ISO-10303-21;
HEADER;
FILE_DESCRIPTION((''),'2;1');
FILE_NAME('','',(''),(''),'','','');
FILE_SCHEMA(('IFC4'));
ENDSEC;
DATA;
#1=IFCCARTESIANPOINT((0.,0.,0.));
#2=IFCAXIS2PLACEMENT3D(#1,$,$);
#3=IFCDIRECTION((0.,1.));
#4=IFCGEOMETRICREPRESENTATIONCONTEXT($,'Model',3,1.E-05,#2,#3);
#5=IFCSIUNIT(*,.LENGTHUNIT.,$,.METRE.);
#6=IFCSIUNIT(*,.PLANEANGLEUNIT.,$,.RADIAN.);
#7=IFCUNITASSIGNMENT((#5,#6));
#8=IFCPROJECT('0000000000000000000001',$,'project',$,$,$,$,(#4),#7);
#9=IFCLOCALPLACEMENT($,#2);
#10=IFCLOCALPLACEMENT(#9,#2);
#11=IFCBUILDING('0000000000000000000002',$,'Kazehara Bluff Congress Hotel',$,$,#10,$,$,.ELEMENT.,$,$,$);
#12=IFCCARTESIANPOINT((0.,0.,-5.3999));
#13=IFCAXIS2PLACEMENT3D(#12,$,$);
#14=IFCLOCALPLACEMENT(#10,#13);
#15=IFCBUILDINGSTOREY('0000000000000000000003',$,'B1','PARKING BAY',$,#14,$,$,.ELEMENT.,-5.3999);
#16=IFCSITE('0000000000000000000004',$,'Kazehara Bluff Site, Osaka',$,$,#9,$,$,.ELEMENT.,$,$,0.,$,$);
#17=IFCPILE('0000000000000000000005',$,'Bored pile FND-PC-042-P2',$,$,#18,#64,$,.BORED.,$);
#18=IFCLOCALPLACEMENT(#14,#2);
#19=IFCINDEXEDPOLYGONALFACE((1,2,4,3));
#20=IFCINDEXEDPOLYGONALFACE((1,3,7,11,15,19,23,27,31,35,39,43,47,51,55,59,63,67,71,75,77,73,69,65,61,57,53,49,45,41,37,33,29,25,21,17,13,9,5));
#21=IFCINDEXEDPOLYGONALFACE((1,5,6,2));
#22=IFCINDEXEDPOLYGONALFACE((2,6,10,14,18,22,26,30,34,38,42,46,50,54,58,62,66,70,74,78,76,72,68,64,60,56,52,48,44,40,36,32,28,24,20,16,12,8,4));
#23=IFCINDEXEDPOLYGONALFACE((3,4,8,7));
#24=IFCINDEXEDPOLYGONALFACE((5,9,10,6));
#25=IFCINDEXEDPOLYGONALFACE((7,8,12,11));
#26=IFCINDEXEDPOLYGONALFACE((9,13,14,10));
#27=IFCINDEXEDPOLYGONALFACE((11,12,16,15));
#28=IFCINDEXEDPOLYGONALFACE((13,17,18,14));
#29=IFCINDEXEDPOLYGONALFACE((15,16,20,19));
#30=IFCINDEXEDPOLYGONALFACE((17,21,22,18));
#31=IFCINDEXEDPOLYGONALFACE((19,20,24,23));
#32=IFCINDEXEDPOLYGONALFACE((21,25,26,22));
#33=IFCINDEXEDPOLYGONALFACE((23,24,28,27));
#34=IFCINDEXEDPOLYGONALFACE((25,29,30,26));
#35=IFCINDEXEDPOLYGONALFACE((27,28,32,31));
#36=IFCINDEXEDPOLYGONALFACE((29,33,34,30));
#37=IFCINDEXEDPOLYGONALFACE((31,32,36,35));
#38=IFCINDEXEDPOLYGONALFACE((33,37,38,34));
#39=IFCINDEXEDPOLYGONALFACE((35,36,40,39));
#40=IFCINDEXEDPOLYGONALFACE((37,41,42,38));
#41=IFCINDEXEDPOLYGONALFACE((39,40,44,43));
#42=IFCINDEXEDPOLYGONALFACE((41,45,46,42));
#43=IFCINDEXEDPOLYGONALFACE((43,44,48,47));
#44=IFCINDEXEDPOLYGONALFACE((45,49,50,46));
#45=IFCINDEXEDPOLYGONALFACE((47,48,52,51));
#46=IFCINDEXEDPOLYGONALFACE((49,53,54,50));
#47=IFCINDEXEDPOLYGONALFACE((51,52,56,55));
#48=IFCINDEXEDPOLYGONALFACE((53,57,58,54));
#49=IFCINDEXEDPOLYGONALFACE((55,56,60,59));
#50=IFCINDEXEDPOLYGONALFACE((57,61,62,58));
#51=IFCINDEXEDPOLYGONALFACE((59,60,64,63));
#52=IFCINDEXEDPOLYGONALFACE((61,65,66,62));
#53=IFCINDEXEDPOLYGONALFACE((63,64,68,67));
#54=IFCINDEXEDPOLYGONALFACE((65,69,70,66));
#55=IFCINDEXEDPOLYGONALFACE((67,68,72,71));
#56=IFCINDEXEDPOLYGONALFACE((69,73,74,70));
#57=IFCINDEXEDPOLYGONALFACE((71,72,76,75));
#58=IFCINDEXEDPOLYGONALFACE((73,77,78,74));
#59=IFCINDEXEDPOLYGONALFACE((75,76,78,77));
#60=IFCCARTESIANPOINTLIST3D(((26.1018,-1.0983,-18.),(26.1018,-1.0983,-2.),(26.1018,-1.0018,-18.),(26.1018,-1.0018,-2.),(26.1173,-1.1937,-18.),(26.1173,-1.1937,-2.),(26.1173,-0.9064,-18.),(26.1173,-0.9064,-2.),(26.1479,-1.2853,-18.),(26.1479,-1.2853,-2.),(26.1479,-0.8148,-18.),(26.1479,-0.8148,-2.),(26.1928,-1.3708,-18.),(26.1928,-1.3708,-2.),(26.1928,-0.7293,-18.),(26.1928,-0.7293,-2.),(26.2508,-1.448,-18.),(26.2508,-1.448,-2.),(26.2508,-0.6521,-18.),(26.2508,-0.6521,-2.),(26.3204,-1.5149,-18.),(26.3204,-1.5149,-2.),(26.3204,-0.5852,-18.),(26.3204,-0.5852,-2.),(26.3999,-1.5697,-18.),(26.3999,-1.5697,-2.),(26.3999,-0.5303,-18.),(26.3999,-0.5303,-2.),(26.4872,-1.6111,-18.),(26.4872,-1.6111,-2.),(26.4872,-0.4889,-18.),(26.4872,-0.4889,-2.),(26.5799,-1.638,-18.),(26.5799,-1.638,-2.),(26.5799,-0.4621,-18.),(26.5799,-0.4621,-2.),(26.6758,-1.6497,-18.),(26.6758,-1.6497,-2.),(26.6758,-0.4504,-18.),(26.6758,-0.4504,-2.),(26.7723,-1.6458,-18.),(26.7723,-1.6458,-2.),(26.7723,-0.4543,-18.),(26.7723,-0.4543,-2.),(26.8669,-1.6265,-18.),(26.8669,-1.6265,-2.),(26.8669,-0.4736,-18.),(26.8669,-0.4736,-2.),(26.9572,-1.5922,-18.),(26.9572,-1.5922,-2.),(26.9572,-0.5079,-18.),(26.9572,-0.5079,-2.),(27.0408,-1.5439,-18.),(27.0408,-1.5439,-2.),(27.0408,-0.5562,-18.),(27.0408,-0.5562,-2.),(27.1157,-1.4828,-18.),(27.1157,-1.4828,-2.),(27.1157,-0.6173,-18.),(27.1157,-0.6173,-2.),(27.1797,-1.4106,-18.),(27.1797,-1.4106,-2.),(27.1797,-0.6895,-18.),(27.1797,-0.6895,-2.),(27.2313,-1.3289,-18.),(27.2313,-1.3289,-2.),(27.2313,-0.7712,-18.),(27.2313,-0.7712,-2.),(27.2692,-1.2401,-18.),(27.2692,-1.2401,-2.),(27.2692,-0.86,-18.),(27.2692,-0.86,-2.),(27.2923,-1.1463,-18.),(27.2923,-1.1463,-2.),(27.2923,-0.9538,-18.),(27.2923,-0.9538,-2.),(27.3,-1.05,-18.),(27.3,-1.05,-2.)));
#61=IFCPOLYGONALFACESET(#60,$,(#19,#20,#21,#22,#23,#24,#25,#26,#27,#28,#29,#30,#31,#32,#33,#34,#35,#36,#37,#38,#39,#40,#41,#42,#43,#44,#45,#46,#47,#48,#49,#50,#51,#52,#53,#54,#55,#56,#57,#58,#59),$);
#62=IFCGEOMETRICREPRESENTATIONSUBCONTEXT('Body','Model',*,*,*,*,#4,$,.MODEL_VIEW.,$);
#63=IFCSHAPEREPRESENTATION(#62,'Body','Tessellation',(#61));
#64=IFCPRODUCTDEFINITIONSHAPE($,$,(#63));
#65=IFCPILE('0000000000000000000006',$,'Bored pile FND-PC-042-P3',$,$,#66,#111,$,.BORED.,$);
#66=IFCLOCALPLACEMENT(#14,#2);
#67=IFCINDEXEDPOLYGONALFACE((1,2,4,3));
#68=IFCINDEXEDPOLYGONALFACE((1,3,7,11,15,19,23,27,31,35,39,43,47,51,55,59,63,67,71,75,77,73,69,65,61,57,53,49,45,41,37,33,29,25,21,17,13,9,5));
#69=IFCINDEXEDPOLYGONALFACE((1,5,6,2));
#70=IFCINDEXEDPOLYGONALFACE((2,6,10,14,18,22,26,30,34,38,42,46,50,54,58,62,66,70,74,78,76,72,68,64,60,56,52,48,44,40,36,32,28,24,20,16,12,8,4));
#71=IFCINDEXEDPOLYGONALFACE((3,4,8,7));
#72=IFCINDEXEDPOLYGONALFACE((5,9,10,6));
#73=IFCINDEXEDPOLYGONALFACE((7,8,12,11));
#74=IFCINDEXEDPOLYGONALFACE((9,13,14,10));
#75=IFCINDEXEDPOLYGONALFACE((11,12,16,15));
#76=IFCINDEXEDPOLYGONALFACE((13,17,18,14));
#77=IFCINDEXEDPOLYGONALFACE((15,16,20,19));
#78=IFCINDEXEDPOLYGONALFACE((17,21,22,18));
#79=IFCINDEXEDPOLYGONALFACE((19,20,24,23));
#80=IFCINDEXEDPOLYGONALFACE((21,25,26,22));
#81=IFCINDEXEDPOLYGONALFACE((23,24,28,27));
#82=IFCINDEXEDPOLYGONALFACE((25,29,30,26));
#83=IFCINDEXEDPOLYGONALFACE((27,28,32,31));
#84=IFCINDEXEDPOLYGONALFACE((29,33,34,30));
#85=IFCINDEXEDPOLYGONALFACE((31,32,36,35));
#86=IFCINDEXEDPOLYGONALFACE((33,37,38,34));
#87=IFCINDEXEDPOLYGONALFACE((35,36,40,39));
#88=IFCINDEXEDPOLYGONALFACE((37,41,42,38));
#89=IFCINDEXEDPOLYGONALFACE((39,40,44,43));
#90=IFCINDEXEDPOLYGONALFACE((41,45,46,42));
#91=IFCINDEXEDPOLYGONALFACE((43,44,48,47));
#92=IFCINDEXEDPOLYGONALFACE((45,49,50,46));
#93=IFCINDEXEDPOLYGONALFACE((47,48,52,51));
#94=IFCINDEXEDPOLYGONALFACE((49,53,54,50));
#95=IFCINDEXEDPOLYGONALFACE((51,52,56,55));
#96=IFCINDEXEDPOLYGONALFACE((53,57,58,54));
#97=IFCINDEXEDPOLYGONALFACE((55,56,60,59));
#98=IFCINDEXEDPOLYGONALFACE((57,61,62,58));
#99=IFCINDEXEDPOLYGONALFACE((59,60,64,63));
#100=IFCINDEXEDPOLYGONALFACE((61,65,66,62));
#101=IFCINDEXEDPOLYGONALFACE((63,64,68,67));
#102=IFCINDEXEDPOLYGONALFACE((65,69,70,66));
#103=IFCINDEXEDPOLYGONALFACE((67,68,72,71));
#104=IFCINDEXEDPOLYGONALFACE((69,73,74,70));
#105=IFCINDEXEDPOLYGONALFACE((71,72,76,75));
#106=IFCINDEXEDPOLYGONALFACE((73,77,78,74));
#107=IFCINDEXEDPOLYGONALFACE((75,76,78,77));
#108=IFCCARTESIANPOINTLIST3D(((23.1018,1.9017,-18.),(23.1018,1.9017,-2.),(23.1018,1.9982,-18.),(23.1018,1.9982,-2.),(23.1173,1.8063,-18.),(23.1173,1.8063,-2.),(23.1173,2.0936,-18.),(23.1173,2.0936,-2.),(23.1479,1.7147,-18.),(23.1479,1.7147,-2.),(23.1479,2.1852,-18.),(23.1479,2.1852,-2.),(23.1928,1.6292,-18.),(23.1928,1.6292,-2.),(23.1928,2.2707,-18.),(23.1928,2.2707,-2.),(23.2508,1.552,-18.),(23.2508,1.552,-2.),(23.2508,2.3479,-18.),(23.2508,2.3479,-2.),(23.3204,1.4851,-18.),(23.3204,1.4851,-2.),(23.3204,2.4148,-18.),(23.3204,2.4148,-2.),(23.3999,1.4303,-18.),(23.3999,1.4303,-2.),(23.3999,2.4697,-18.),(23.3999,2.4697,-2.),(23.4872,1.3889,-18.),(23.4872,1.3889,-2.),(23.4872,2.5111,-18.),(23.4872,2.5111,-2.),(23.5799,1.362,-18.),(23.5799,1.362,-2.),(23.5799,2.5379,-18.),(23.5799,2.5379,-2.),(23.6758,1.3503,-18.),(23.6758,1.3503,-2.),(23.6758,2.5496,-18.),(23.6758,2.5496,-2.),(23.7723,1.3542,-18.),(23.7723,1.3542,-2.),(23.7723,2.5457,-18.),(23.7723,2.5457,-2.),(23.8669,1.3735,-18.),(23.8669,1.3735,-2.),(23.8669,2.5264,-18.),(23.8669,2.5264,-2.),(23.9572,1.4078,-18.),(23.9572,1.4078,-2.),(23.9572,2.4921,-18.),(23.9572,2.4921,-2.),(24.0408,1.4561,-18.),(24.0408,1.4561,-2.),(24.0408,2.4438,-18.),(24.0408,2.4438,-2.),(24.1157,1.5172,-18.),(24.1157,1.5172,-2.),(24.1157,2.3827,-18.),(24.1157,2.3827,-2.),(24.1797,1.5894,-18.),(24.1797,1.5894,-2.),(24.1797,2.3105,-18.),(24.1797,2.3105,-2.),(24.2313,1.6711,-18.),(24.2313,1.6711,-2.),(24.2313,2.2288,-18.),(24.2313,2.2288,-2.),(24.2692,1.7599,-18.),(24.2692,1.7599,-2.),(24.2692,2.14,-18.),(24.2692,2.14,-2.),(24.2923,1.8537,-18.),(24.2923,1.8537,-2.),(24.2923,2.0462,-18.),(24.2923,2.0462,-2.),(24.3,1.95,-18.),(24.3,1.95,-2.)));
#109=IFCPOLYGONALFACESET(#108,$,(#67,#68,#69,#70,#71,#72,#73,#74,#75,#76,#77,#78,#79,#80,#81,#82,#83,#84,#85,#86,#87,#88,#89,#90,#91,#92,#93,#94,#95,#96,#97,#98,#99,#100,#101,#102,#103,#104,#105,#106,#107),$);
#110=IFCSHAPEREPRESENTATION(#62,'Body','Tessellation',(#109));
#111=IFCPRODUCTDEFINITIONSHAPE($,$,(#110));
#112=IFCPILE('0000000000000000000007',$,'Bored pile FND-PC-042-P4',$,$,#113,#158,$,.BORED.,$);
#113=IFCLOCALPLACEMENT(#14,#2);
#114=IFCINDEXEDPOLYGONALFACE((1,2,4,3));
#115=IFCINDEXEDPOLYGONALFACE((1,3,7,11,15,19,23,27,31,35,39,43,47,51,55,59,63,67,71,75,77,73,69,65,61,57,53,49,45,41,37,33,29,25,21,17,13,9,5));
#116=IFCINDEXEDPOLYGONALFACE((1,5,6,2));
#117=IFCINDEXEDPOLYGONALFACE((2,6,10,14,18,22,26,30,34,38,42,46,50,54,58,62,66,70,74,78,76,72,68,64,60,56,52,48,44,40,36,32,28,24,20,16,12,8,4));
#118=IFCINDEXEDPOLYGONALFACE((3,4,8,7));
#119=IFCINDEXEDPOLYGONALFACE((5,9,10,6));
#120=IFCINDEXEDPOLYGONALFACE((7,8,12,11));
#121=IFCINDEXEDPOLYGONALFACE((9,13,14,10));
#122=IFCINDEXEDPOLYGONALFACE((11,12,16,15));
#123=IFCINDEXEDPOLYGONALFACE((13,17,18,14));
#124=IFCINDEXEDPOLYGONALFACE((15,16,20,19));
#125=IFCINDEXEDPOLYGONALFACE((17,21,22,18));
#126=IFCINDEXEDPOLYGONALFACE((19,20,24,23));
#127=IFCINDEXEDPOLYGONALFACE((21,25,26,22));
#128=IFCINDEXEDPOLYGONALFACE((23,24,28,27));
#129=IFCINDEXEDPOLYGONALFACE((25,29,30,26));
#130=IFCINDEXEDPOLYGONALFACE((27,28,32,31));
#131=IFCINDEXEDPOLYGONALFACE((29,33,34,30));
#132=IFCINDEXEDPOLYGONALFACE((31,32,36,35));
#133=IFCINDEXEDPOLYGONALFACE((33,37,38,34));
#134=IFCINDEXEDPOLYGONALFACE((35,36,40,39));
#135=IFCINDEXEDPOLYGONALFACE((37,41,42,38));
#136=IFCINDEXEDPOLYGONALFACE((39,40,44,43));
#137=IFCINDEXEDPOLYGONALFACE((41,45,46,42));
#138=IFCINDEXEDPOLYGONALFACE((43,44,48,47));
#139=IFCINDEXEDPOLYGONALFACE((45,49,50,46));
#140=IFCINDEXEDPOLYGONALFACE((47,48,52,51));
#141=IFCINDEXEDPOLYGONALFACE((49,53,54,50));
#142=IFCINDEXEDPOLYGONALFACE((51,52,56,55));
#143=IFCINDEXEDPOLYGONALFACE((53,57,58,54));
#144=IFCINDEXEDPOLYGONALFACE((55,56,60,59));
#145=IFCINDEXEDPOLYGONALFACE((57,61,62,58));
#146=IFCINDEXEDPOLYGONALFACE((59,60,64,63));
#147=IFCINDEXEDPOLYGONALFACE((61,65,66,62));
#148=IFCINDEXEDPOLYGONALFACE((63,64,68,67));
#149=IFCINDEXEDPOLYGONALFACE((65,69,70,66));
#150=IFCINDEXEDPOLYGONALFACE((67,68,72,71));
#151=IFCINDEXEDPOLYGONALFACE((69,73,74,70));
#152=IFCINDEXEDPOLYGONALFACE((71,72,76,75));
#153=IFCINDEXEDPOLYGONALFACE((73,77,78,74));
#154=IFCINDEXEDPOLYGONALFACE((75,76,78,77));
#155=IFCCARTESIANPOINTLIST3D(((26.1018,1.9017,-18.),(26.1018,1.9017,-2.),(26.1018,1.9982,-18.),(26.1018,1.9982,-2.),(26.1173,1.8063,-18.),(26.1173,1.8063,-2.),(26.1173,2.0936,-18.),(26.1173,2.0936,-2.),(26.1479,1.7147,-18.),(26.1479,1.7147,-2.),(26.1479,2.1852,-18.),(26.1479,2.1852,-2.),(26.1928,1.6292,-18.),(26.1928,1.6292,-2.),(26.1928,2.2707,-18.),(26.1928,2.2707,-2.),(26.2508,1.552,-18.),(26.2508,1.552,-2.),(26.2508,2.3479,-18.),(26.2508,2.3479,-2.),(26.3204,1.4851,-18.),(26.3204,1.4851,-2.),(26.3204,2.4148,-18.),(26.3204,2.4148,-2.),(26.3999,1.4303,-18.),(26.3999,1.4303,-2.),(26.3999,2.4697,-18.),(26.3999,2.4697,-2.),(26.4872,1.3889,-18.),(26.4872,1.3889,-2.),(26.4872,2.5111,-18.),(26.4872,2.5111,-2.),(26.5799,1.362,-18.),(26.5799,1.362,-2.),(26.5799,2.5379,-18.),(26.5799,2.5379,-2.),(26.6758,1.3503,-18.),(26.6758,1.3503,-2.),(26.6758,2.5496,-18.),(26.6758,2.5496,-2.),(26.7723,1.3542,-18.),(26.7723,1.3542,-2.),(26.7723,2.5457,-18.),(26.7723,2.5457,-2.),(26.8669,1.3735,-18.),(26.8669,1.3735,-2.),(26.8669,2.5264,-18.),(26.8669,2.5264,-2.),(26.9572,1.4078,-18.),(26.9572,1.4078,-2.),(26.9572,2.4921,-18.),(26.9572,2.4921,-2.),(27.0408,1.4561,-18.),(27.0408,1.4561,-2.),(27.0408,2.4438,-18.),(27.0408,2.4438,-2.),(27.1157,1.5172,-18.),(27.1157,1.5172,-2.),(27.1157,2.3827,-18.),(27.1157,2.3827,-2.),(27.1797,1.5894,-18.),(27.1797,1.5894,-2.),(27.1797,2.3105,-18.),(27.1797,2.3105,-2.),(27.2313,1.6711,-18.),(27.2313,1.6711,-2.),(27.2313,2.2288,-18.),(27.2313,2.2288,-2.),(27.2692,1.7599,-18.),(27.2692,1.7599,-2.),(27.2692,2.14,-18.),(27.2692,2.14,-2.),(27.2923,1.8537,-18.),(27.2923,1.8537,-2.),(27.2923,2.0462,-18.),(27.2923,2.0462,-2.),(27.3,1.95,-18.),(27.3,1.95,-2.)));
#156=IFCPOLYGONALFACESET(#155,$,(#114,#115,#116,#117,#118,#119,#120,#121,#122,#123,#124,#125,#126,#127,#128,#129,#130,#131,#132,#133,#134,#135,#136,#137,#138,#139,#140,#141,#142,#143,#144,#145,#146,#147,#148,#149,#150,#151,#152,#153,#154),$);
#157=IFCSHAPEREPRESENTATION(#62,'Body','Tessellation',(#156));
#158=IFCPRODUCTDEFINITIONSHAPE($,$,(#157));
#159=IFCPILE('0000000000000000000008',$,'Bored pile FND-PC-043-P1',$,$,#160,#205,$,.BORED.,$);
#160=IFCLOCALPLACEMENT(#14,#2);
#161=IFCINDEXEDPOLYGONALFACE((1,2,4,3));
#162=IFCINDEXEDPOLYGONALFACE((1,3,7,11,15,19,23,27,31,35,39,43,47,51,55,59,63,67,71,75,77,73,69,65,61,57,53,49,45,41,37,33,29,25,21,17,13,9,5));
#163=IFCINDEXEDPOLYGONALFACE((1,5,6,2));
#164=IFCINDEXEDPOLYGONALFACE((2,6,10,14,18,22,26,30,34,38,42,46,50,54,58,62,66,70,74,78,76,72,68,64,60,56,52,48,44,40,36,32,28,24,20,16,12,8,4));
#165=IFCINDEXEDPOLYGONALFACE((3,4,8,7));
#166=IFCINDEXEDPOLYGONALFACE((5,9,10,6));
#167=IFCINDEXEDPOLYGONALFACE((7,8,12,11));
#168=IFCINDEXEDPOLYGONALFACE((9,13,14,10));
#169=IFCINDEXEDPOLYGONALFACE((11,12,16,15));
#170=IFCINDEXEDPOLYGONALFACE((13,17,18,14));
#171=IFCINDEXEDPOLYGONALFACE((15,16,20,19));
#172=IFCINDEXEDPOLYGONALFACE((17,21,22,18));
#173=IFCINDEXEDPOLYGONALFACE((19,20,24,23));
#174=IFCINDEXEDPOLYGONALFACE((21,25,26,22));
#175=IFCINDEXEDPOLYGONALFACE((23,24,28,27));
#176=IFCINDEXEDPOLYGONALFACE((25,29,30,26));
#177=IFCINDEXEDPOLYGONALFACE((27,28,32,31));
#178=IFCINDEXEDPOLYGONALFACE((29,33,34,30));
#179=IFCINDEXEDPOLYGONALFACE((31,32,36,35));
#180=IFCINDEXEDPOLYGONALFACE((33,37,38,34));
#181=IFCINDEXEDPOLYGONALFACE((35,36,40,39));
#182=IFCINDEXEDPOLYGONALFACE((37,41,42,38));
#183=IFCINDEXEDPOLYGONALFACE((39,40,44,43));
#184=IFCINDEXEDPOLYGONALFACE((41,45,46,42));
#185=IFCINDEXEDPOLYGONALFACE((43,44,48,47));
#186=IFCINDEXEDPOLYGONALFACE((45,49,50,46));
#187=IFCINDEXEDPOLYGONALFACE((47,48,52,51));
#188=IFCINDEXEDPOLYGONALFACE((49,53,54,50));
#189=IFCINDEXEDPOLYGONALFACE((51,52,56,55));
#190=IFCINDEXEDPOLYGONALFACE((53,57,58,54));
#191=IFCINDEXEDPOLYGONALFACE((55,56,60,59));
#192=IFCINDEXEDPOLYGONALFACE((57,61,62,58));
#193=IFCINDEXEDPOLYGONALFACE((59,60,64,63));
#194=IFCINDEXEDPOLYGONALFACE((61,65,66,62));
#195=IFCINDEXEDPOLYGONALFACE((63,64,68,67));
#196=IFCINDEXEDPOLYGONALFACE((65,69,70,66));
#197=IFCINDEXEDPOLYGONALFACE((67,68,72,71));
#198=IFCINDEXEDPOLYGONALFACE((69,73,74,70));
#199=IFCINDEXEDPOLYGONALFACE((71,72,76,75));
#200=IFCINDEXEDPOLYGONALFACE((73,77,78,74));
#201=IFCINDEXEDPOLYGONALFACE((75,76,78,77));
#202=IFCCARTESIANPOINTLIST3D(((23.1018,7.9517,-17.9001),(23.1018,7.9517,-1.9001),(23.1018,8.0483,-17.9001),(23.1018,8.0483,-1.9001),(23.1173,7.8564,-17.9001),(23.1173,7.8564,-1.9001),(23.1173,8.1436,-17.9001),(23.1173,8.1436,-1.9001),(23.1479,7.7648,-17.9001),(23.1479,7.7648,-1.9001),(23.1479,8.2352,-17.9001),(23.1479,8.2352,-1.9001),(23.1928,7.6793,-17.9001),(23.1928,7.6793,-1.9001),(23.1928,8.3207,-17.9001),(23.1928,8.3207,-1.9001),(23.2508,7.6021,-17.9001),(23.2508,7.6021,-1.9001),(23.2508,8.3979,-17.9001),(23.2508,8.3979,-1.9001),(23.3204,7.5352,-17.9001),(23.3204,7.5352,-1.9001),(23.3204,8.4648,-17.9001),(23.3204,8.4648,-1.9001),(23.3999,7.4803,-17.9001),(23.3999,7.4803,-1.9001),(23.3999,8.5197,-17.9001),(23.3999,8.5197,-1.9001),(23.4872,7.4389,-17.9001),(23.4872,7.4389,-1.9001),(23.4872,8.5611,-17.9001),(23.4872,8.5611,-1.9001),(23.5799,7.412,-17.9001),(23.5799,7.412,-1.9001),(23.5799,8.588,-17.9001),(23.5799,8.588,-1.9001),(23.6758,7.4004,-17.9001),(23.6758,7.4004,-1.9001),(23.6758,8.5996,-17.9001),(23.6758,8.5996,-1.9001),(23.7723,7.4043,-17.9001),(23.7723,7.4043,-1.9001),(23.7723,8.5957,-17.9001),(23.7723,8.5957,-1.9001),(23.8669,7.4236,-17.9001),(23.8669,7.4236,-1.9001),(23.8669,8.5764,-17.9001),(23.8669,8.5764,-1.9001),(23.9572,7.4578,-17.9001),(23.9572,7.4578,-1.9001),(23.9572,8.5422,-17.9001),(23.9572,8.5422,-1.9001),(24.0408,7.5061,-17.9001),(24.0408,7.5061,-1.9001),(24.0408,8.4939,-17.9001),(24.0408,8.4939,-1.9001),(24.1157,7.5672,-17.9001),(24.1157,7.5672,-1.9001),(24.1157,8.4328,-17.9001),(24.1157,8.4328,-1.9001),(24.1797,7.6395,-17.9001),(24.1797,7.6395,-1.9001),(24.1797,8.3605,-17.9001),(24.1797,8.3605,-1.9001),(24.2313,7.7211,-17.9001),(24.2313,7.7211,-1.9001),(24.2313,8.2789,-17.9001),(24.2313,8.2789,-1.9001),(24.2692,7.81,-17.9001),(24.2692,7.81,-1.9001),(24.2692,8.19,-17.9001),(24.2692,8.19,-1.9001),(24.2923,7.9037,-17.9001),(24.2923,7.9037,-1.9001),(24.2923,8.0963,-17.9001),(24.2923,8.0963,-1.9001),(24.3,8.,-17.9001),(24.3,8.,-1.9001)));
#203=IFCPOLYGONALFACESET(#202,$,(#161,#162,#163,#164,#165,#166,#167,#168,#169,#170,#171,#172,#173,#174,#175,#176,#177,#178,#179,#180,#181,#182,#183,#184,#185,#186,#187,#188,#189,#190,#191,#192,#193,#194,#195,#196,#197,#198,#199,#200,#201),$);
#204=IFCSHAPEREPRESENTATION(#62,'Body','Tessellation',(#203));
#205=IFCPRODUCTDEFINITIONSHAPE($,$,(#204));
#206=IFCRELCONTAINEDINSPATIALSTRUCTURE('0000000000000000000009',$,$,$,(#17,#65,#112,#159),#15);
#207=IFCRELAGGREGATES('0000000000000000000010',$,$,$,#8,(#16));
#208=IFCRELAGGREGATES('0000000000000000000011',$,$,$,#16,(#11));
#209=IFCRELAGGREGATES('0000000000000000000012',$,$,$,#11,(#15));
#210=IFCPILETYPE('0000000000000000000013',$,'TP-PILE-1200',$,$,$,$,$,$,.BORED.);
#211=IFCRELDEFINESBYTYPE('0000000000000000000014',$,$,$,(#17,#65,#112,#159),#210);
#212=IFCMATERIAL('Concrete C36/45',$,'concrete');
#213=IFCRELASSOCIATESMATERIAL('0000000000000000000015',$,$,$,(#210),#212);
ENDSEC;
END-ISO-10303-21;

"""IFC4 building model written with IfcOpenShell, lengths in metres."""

from ifc_helpers import new_model, si_unit, direction, frame, origin, origin_2d, place, context, subcontext, project, spatial, circle, extrude, material, material_profile, profile_set, type_object, element, save


model = new_model("IFC4")

# Units and contexts
model_context = context("Model", 3, precision=1e-05, world=origin(), true_north=direction((0.0, 1.0)))
body_context = subcontext(model_context, "Body", "Model", "MODEL_VIEW")
ifc_project = project(units=[si_unit("LENGTHUNIT", "METRE"), si_unit("PLANEANGLEUNIT", "RADIAN")], contexts=[model_context])

# Site, building, storey
site_placement = place(None, origin())
site = spatial("IfcSite", under=ifc_project, at=site_placement, Name="Kazehara Bluff Site, Osaka", CompositionType="ELEMENT", RefElevation=0.0)
building_placement = place(site_placement, origin())
building = spatial("IfcBuilding", under=site, at=building_placement, Name="Kazehara Bluff Congress Hotel", CompositionType="ELEMENT")
storey_placement = place(building_placement, frame((0.0, 0.0, -5.3999)))
storey = spatial("IfcBuildingStorey", under=building, at=storey_placement, Name="B1", Description="PARKING BAY", CompositionType="ELEMENT", Elevation=-5.3999)

# Piles
ifc_material_1 = material(Name="Concrete C36/45", Category="concrete")
ifc_material_profile_1 = material_profile(ifc_material_1, circle(Radius=0.6001, at=origin_2d()))
ifc_profile_set_1 = profile_set([ifc_material_profile_1], Name="Concrete C36/45")
pile_type = type_object("IfcPileType", Name="TP-PILE-1200", PredefinedType="BORED", material=ifc_profile_set_1)
for number, where, z_axis, x_axis, name in (
    (1, (26.7, -1.05, -2.0), (0.0, 0.0, -1.0), (1.0, 0.0, 0.0), "Bored pile FND-PC-042-P2"),
    (2, (23.7, 1.95, -2.0), (0.0, 0.0, -1.0), (1.0, 0.0, 0.0), "Bored pile FND-PC-042-P3"),
    (3, (26.7, 1.95, -2.0), (0.0, 0.0, -1.0), (1.0, 0.0, 0.0), "Bored pile FND-PC-042-P4"),
    (4, (23.7, 8.0, -1.9001), (0.0, 0.0, -1.0), (1.0, 0.0, 0.0), "Bored pile FND-PC-043-P1"),
):
    element("IfcPile", number, at=place(storey_placement, frame(where, z_axis=z_axis, x_axis=x_axis)), inside=storey, type_object=pile_type, Name=name, PredefinedType="BORED", context=body_context, shape_type="SweptSolid", body=[
        extrude(circle(Radius=0.6001, at=origin_2d()), origin(), (0.0, 0.0, 1.0), 16.0),
    ])

save(model, "model.ifc")
